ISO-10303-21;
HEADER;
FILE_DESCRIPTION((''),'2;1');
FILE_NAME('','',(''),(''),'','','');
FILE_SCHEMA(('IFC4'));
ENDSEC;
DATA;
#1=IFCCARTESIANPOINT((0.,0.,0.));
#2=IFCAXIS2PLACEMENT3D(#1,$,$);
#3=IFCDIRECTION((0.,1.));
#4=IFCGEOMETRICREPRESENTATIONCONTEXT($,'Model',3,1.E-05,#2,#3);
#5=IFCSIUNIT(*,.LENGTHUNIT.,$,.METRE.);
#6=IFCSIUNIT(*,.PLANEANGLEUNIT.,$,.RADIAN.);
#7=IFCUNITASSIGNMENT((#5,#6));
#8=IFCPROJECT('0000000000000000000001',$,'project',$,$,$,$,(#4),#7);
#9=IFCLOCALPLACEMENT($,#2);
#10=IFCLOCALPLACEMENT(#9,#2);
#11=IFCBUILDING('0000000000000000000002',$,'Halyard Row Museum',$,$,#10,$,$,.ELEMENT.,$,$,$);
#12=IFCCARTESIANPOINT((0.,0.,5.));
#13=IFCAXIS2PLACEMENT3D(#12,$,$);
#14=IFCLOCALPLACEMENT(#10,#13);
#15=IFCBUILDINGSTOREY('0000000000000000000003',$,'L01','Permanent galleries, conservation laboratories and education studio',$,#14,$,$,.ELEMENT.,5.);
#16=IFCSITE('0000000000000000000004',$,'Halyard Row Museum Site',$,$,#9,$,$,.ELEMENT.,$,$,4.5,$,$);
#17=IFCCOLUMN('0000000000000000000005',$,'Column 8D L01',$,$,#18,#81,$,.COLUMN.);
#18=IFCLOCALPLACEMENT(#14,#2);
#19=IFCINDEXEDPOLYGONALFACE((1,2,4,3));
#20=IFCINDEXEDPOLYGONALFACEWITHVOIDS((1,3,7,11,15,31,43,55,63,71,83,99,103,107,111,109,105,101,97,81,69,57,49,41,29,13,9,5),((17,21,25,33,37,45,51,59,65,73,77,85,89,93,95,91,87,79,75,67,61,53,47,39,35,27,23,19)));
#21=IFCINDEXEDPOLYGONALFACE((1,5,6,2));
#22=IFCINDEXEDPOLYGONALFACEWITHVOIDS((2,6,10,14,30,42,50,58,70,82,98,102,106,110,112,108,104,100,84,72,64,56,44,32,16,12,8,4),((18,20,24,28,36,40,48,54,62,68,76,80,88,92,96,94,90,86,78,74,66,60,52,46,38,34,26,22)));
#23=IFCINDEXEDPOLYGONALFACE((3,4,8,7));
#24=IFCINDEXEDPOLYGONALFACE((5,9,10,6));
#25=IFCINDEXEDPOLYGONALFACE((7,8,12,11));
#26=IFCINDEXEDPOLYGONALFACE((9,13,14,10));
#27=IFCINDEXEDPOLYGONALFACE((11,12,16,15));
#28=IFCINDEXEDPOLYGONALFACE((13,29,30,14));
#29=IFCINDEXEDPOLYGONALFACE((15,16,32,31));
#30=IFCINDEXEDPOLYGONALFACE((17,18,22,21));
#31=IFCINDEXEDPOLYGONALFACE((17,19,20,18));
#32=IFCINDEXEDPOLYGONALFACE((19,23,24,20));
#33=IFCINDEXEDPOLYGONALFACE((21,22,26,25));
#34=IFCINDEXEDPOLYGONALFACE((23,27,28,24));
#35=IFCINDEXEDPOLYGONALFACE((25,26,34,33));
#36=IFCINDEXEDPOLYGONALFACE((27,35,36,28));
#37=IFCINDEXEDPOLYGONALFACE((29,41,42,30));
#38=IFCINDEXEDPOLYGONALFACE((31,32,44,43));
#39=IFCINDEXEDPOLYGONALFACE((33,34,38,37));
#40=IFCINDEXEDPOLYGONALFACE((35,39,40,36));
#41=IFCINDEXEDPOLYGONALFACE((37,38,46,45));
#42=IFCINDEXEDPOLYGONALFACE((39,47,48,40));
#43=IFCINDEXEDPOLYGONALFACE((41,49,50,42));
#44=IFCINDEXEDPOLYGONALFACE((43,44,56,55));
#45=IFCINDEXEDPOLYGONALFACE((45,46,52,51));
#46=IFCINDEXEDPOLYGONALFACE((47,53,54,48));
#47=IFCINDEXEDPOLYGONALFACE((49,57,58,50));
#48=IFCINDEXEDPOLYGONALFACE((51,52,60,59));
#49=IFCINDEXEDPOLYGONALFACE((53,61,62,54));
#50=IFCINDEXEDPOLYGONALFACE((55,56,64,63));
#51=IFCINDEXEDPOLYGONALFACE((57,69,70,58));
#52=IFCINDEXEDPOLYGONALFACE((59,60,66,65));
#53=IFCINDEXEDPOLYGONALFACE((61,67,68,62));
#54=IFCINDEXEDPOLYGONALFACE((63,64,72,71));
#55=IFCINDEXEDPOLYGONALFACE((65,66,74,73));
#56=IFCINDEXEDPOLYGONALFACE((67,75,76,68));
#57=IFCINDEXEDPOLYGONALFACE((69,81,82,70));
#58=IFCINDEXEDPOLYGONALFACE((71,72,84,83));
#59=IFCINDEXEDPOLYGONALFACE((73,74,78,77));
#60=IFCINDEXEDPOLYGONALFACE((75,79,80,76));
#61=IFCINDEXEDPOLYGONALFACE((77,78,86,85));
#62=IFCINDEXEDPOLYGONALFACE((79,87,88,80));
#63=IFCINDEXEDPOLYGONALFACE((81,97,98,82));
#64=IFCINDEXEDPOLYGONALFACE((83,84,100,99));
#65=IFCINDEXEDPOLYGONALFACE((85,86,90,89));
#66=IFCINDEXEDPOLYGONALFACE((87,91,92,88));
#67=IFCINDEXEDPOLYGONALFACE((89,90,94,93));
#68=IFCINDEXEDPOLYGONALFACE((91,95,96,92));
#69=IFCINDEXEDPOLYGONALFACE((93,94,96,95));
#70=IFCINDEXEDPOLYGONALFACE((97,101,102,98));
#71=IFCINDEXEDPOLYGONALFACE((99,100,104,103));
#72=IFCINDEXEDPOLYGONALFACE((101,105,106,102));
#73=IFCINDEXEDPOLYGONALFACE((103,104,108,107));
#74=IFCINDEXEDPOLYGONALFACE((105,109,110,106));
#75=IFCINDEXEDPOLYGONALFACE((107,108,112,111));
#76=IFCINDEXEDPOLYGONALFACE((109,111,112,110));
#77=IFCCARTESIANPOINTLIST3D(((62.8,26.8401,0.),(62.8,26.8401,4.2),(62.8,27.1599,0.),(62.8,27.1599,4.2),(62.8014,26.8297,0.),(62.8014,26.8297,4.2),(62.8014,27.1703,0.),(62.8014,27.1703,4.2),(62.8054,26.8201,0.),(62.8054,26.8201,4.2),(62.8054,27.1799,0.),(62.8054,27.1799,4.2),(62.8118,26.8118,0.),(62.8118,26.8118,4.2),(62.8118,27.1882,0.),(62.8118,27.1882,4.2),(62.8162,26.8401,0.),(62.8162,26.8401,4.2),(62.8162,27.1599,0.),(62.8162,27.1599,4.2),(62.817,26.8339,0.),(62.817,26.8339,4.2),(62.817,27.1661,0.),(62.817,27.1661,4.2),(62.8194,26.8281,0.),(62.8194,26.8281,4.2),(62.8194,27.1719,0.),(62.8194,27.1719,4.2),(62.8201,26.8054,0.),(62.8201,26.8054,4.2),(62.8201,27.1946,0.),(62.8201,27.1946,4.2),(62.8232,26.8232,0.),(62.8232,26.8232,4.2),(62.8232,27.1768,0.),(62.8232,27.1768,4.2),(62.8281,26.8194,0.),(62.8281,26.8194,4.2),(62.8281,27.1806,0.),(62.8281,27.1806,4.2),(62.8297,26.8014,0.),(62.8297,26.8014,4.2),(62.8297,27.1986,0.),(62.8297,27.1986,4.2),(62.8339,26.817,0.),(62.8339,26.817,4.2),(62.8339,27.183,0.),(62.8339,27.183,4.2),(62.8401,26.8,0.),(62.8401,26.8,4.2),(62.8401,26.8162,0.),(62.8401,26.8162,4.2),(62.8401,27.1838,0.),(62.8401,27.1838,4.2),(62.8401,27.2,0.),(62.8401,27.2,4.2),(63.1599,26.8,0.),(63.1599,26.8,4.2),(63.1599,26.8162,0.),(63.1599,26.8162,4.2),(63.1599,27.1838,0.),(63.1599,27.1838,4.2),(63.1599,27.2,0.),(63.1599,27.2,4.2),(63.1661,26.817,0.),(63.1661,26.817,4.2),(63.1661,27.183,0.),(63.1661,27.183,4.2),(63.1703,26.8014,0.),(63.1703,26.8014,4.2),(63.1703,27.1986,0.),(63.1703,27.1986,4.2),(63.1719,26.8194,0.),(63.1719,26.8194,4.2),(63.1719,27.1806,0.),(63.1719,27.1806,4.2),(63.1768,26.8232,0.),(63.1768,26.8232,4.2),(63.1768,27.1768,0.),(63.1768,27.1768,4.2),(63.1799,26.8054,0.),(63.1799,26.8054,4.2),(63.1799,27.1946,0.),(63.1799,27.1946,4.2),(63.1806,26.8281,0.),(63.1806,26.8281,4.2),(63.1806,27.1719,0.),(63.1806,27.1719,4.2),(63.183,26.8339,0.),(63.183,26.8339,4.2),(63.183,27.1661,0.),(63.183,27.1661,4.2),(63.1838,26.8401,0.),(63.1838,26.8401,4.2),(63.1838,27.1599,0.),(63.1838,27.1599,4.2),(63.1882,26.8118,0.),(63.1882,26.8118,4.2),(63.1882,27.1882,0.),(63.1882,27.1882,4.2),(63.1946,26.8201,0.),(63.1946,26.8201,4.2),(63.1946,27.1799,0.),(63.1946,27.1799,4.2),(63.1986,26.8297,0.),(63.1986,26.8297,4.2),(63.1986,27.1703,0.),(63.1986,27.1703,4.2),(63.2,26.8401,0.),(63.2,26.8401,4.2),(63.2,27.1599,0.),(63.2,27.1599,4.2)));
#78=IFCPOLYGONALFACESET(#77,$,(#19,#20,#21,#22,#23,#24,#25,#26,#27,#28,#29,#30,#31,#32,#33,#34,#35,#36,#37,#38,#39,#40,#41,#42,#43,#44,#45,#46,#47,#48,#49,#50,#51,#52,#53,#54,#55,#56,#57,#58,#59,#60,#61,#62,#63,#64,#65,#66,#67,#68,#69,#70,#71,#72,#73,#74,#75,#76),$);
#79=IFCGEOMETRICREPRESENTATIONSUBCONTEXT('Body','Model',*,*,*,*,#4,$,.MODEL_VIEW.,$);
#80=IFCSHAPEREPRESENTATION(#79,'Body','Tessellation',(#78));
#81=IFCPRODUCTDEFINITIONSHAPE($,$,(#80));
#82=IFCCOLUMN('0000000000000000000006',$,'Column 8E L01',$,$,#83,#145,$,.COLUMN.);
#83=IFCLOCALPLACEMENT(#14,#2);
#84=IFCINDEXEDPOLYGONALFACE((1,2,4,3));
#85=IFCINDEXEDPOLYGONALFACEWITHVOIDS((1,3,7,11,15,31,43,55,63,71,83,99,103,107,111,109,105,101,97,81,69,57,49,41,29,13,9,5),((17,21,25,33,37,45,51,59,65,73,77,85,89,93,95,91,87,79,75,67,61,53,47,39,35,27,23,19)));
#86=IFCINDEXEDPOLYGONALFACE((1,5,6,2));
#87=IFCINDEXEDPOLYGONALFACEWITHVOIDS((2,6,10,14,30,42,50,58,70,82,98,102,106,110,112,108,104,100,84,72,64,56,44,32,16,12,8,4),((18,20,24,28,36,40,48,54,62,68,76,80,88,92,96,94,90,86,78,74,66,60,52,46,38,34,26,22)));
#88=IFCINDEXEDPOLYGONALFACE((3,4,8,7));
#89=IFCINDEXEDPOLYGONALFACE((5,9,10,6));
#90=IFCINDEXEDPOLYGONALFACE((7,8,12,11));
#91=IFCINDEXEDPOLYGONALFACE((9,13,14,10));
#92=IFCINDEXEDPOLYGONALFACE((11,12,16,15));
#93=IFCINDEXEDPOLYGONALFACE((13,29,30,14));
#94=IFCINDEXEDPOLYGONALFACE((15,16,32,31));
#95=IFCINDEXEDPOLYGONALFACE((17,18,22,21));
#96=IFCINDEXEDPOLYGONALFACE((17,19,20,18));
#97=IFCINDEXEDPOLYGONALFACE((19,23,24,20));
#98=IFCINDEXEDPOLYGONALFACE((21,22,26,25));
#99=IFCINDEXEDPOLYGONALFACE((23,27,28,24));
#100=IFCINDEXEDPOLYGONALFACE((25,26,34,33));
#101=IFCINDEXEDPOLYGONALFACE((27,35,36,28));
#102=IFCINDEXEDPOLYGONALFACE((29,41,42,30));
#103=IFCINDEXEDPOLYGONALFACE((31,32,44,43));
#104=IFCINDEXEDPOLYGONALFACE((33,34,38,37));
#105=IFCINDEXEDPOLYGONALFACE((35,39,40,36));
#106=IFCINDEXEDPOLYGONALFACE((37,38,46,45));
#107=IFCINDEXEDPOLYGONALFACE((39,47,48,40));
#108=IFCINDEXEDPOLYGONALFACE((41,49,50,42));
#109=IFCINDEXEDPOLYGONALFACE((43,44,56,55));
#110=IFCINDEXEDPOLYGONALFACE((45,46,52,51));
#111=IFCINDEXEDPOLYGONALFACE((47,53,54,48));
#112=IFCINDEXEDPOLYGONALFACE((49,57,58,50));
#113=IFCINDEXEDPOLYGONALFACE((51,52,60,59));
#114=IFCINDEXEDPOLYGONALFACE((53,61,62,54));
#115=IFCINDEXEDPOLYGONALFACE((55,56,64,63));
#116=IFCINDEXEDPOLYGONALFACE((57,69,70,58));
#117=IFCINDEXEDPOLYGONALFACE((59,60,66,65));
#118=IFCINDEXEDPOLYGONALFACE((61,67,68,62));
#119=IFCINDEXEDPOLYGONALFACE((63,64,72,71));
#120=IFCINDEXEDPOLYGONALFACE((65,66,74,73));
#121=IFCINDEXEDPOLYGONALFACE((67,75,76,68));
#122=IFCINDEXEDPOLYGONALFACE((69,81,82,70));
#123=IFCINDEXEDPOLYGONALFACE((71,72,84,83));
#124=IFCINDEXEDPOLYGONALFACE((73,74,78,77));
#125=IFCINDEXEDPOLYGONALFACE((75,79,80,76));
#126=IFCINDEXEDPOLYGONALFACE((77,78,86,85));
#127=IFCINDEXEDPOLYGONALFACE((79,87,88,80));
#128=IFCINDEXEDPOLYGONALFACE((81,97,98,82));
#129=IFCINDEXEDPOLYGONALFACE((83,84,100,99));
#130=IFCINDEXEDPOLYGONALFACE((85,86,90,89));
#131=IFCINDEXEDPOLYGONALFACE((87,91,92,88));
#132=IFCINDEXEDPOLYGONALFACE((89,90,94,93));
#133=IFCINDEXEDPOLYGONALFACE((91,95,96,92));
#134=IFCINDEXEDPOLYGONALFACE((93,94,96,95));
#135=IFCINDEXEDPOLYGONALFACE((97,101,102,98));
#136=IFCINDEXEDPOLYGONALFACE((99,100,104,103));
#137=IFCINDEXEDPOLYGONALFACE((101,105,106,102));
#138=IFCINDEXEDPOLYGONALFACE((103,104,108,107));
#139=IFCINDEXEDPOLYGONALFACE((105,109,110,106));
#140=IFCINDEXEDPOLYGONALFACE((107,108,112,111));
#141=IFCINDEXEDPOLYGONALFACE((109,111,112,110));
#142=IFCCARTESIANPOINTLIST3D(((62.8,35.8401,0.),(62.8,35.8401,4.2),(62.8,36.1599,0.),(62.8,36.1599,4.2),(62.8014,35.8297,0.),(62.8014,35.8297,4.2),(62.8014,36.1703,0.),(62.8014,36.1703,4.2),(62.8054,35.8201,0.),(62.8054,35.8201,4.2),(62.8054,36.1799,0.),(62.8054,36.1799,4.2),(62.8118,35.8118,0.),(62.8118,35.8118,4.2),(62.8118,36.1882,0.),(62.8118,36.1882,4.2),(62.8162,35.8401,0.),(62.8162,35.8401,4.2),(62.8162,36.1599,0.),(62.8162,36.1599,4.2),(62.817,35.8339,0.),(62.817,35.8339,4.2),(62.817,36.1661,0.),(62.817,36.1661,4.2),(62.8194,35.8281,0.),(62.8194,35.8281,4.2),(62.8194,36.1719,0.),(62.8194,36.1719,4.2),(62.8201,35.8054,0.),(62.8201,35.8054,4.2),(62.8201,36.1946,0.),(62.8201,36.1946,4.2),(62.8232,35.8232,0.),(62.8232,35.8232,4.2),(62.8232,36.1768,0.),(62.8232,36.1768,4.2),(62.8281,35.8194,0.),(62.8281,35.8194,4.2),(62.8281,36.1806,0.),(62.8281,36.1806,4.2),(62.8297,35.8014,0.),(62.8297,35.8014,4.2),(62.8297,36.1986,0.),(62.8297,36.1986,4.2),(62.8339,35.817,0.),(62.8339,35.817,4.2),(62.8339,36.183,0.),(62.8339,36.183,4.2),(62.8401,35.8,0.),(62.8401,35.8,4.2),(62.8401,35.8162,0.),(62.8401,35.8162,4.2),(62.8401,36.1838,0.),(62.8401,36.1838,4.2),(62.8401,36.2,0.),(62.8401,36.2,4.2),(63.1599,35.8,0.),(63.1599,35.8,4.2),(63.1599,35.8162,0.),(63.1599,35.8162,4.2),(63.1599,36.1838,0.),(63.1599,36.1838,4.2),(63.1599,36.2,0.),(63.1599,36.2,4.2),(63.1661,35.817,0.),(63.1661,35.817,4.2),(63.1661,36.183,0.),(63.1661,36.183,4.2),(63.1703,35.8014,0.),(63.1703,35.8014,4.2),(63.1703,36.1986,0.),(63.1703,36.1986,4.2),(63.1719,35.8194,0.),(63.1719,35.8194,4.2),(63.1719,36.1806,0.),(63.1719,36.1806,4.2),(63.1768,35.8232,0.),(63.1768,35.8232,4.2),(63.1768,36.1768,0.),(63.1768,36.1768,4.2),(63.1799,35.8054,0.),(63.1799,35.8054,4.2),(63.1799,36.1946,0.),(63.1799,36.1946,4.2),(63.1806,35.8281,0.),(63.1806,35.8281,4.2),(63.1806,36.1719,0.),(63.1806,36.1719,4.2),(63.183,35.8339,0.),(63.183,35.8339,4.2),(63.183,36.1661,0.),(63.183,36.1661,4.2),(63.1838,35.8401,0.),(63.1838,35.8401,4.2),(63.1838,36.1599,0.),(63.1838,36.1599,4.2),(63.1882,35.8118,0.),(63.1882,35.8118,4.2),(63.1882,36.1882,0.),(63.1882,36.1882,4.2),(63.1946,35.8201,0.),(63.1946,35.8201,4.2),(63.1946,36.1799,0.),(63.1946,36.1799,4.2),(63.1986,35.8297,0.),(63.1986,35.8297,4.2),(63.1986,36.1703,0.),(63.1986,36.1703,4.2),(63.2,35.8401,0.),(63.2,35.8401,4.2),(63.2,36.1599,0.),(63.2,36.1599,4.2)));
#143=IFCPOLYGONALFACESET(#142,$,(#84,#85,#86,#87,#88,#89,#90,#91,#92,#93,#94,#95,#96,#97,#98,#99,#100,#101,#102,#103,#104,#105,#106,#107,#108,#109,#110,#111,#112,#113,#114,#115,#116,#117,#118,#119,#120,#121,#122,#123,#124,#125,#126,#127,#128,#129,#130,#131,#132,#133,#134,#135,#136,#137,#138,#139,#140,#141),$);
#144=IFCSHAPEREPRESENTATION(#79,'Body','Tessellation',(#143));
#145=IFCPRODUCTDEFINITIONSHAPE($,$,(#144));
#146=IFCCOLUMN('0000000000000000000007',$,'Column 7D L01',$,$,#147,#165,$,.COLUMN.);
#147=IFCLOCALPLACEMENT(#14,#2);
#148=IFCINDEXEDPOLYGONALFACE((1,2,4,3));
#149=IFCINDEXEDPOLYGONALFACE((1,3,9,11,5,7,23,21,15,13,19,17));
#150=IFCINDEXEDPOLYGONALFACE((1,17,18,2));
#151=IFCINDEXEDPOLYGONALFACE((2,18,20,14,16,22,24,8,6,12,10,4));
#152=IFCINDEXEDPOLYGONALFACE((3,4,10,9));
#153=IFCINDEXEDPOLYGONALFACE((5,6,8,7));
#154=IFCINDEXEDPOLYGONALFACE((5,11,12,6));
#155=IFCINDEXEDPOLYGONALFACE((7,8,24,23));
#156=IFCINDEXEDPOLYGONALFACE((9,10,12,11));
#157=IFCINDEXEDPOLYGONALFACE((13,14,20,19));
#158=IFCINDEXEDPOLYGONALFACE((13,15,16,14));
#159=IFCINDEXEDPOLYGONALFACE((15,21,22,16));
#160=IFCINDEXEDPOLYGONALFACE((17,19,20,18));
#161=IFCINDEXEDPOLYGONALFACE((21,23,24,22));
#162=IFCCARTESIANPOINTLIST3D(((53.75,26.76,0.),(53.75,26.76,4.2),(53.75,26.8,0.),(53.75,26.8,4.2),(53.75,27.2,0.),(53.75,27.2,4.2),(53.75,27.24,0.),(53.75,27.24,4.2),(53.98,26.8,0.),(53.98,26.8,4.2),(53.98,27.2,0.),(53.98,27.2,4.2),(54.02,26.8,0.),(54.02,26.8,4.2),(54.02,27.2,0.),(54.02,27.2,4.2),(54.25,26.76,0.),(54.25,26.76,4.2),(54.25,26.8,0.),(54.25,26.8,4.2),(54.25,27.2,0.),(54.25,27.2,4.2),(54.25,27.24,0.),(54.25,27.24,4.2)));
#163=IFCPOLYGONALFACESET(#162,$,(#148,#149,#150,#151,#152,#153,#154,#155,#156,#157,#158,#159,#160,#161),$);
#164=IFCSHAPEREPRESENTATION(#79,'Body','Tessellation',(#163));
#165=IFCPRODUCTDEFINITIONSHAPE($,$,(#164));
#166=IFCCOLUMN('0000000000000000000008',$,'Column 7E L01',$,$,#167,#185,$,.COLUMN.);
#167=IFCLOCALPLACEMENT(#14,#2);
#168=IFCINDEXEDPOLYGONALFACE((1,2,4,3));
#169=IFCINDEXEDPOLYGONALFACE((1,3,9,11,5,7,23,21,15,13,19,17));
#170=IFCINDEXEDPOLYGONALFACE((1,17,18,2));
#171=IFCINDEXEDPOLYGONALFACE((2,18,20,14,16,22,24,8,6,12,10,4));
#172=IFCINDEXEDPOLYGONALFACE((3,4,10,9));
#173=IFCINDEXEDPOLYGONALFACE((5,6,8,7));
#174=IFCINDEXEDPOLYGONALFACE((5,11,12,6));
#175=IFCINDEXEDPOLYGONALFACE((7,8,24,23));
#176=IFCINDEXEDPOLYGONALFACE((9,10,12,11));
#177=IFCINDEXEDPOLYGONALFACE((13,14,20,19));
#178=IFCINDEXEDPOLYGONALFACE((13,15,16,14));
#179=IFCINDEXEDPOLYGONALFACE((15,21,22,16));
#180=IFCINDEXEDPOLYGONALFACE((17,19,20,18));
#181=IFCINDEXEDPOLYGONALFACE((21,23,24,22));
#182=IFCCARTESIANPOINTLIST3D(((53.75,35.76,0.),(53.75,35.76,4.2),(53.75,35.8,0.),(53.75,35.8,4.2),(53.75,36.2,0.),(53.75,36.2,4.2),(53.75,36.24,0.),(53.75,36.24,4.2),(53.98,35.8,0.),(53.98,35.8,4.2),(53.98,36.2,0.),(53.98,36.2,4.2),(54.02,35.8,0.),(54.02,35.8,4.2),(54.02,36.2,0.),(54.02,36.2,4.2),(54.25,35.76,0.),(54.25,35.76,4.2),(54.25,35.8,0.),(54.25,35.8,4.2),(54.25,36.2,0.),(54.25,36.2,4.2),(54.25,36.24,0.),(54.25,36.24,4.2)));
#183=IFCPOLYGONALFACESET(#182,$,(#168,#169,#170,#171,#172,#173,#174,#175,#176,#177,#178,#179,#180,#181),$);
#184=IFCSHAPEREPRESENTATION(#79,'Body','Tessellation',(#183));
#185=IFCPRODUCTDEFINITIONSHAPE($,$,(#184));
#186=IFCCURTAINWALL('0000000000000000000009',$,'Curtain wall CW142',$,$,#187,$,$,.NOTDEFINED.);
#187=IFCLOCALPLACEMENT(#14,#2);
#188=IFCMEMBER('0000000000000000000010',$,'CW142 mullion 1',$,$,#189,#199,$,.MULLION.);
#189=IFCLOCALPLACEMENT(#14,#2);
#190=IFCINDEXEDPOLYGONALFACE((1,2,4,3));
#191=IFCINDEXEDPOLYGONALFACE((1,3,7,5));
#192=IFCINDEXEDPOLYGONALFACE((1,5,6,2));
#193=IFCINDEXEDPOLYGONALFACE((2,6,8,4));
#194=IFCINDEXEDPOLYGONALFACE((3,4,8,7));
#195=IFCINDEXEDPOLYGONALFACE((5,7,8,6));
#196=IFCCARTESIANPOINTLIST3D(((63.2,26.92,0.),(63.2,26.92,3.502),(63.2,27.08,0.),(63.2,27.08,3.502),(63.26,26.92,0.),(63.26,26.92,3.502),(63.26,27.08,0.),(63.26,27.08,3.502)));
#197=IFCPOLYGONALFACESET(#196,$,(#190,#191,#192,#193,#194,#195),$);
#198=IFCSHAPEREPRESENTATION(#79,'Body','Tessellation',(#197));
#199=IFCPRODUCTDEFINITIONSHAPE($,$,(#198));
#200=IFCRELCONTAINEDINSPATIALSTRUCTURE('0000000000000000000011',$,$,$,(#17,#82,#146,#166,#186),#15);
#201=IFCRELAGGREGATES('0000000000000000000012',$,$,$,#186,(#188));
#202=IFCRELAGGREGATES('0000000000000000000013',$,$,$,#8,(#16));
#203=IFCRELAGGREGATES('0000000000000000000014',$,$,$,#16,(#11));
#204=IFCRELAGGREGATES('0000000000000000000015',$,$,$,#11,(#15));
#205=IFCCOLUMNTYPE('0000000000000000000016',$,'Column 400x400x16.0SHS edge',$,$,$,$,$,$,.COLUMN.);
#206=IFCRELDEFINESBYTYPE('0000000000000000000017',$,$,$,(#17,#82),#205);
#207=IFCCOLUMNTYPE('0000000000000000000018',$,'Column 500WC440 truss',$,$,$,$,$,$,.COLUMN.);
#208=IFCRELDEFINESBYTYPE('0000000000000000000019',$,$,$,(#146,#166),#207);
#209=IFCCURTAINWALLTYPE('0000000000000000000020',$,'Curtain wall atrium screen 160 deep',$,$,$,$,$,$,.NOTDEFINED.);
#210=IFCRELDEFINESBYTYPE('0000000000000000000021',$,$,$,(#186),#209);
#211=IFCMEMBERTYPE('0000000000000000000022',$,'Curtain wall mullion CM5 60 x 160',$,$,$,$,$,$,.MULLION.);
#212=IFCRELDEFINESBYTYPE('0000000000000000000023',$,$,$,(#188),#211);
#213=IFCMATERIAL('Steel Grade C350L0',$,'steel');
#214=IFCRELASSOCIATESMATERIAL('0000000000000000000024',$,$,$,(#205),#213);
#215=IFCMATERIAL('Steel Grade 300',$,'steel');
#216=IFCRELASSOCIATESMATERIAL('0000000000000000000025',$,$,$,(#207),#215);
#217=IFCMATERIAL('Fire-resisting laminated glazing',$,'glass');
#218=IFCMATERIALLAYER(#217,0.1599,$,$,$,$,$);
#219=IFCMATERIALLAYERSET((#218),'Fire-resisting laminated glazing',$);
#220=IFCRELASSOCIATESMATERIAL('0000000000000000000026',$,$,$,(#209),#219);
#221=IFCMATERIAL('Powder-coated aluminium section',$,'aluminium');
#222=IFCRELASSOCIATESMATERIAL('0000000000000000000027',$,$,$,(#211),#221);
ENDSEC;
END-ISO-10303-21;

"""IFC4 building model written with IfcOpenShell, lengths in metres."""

from ifc_helpers import new_model, si_unit, direction, frame, origin, origin_2d, place, context, subcontext, project, spatial, rectangle, hollow_rectangle, i_section, extrude, material, layer, layer_set, material_profile, profile_set, type_object, element, aggregate, save


model = new_model("IFC4")

# Units and contexts
model_context = context("Model", 3, precision=1e-05, world=origin(), true_north=direction((0.0, 1.0)))
body_context = subcontext(model_context, "Body", "Model", "MODEL_VIEW")
ifc_project = project(units=[si_unit("LENGTHUNIT", "METRE"), si_unit("PLANEANGLEUNIT", "RADIAN")], contexts=[model_context])

# Site, building, storey
site_placement = place(None, origin())
site = spatial("IfcSite", under=ifc_project, at=site_placement, Name="Halyard Row Museum Site", CompositionType="ELEMENT", RefElevation=4.5)
building_placement = place(site_placement, origin())
building = spatial("IfcBuilding", under=site, at=building_placement, Name="Halyard Row Museum", CompositionType="ELEMENT")
storey_placement = place(building_placement, frame((0.0, 0.0, 5.0)))
storey = spatial("IfcBuildingStorey", under=building, at=storey_placement, Name="L01", Description="Permanent galleries, conservation laboratories and education studio", CompositionType="ELEMENT", Elevation=5.0)

# Columns
ifc_material_1 = material(Name="Steel Grade C350L0", Category="steel")
ifc_material_profile_1 = material_profile(ifc_material_1, hollow_rectangle(XDim=0.3999, YDim=0.3999, WallThickness=0.0161, InnerFilletRadius=0.0239, OuterFilletRadius=0.04, at=origin_2d()), Name="400x400x16.0SHS")
ifc_profile_set_1 = profile_set([ifc_material_profile_1], Name="Steel Grade C350L0")
column_type_1 = type_object("IfcColumnType", Name="Column 400x400x16.0SHS edge", PredefinedType="COLUMN", material=ifc_profile_set_1)
for number, where, z_axis, x_axis, name in (
    (1, (63.0, 27.0, 0.0), (0.0, 0.0, 1.0), (1.0, 0.0, 0.0), "Column 8D L01"),
    (2, (63.0, 36.0, 0.0), (0.0, 0.0, 1.0), (1.0, 0.0, 0.0), "Column 8E L01"),
):
    element("IfcColumn", number, at=place(storey_placement, frame(where, z_axis=z_axis, x_axis=x_axis)), inside=storey, type_object=column_type_1, Name=name, PredefinedType="COLUMN", context=body_context, shape_type="SweptSolid", body=[
        extrude(hollow_rectangle(XDim=0.3999, YDim=0.3999, WallThickness=0.0161, InnerFilletRadius=0.0239, OuterFilletRadius=0.04, at=origin_2d()), origin(), (0.0, 0.0, 1.0), 4.2),
    ])
ifc_material_2 = material(Name="Steel Grade 300", Category="steel")
ifc_material_profile_2 = material_profile(ifc_material_2, i_section(OverallWidth=0.5, OverallDepth=0.48, WebThickness=0.04, FlangeThickness=0.04, at=origin_2d()), Name="500WC440")
ifc_profile_set_2 = profile_set([ifc_material_profile_2], Name="Steel Grade 300")
column_type_2 = type_object("IfcColumnType", Name="Column 500WC440 truss", PredefinedType="COLUMN", material=ifc_profile_set_2)
for number, where, z_axis, x_axis, name in (
    (3, (54.0, 27.0, 0.0), (0.0, 0.0, 1.0), (1.0, 0.0, 0.0), "Column 7D L01"),
    (4, (54.0, 36.0, 0.0), (0.0, 0.0, 1.0), (1.0, 0.0, 0.0), "Column 7E L01"),
):
    element("IfcColumn", number, at=place(storey_placement, frame(where, z_axis=z_axis, x_axis=x_axis)), inside=storey, type_object=column_type_2, Name=name, PredefinedType="COLUMN", context=body_context, shape_type="SweptSolid", body=[
        extrude(i_section(OverallWidth=0.5, OverallDepth=0.48, WebThickness=0.04, FlangeThickness=0.04, at=origin_2d()), origin(), (0.0, 0.0, 1.0), 4.2),
    ])

# Curtain wall, member
ifc_material_3 = material(Name="Fire-resisting laminated glazing", Category="glass")
ifc_layer_1 = layer(ifc_material_3, 0.1599)
ifc_layer_set_1 = layer_set([ifc_layer_1], Name="Fire-resisting laminated glazing")
curtain_wall_type = type_object("IfcCurtainWallType", Name="Curtain wall atrium screen 160 deep", PredefinedType="NOTDEFINED", material=ifc_layer_set_1)
curtain_wall_placement = place(storey_placement, origin())
curtain_wall = element("IfcCurtainWall", 5, at=curtain_wall_placement, inside=storey, type_object=curtain_wall_type, Name="Curtain wall CW142", PredefinedType="NOTDEFINED")
ifc_material_4 = material(Name="Powder-coated aluminium section", Category="aluminium")
ifc_material_profile_3 = material_profile(ifc_material_4, rectangle(XDim=0.1599, YDim=0.0601, at=origin_2d()), Name="160x60 mullion")
ifc_profile_set_3 = profile_set([ifc_material_profile_3], Name="Powder-coated aluminium section")
member_type_1 = type_object("IfcMemberType", Name="Curtain wall mullion CM5 60 x 160", PredefinedType="MULLION", material=ifc_profile_set_3)
member_1_placement = place(storey_placement, frame((63.23, 27.0, 0.0), z_axis=(0.0, 0.0, 1.0), x_axis=(0.0, 1.0, 0.0)))
member_1 = element("IfcMember", 6, at=member_1_placement, type_object=member_type_1, Name="CW142 mullion 1", PredefinedType="MULLION", context=body_context, shape_type="SweptSolid", body=[
    extrude(rectangle(XDim=0.1599, YDim=0.0601, at=origin_2d()), origin(), (0.0, 0.0, 1.0), 3.502),
])

aggregate(curtain_wall, [member_1])

save(model, "model.ifc")
